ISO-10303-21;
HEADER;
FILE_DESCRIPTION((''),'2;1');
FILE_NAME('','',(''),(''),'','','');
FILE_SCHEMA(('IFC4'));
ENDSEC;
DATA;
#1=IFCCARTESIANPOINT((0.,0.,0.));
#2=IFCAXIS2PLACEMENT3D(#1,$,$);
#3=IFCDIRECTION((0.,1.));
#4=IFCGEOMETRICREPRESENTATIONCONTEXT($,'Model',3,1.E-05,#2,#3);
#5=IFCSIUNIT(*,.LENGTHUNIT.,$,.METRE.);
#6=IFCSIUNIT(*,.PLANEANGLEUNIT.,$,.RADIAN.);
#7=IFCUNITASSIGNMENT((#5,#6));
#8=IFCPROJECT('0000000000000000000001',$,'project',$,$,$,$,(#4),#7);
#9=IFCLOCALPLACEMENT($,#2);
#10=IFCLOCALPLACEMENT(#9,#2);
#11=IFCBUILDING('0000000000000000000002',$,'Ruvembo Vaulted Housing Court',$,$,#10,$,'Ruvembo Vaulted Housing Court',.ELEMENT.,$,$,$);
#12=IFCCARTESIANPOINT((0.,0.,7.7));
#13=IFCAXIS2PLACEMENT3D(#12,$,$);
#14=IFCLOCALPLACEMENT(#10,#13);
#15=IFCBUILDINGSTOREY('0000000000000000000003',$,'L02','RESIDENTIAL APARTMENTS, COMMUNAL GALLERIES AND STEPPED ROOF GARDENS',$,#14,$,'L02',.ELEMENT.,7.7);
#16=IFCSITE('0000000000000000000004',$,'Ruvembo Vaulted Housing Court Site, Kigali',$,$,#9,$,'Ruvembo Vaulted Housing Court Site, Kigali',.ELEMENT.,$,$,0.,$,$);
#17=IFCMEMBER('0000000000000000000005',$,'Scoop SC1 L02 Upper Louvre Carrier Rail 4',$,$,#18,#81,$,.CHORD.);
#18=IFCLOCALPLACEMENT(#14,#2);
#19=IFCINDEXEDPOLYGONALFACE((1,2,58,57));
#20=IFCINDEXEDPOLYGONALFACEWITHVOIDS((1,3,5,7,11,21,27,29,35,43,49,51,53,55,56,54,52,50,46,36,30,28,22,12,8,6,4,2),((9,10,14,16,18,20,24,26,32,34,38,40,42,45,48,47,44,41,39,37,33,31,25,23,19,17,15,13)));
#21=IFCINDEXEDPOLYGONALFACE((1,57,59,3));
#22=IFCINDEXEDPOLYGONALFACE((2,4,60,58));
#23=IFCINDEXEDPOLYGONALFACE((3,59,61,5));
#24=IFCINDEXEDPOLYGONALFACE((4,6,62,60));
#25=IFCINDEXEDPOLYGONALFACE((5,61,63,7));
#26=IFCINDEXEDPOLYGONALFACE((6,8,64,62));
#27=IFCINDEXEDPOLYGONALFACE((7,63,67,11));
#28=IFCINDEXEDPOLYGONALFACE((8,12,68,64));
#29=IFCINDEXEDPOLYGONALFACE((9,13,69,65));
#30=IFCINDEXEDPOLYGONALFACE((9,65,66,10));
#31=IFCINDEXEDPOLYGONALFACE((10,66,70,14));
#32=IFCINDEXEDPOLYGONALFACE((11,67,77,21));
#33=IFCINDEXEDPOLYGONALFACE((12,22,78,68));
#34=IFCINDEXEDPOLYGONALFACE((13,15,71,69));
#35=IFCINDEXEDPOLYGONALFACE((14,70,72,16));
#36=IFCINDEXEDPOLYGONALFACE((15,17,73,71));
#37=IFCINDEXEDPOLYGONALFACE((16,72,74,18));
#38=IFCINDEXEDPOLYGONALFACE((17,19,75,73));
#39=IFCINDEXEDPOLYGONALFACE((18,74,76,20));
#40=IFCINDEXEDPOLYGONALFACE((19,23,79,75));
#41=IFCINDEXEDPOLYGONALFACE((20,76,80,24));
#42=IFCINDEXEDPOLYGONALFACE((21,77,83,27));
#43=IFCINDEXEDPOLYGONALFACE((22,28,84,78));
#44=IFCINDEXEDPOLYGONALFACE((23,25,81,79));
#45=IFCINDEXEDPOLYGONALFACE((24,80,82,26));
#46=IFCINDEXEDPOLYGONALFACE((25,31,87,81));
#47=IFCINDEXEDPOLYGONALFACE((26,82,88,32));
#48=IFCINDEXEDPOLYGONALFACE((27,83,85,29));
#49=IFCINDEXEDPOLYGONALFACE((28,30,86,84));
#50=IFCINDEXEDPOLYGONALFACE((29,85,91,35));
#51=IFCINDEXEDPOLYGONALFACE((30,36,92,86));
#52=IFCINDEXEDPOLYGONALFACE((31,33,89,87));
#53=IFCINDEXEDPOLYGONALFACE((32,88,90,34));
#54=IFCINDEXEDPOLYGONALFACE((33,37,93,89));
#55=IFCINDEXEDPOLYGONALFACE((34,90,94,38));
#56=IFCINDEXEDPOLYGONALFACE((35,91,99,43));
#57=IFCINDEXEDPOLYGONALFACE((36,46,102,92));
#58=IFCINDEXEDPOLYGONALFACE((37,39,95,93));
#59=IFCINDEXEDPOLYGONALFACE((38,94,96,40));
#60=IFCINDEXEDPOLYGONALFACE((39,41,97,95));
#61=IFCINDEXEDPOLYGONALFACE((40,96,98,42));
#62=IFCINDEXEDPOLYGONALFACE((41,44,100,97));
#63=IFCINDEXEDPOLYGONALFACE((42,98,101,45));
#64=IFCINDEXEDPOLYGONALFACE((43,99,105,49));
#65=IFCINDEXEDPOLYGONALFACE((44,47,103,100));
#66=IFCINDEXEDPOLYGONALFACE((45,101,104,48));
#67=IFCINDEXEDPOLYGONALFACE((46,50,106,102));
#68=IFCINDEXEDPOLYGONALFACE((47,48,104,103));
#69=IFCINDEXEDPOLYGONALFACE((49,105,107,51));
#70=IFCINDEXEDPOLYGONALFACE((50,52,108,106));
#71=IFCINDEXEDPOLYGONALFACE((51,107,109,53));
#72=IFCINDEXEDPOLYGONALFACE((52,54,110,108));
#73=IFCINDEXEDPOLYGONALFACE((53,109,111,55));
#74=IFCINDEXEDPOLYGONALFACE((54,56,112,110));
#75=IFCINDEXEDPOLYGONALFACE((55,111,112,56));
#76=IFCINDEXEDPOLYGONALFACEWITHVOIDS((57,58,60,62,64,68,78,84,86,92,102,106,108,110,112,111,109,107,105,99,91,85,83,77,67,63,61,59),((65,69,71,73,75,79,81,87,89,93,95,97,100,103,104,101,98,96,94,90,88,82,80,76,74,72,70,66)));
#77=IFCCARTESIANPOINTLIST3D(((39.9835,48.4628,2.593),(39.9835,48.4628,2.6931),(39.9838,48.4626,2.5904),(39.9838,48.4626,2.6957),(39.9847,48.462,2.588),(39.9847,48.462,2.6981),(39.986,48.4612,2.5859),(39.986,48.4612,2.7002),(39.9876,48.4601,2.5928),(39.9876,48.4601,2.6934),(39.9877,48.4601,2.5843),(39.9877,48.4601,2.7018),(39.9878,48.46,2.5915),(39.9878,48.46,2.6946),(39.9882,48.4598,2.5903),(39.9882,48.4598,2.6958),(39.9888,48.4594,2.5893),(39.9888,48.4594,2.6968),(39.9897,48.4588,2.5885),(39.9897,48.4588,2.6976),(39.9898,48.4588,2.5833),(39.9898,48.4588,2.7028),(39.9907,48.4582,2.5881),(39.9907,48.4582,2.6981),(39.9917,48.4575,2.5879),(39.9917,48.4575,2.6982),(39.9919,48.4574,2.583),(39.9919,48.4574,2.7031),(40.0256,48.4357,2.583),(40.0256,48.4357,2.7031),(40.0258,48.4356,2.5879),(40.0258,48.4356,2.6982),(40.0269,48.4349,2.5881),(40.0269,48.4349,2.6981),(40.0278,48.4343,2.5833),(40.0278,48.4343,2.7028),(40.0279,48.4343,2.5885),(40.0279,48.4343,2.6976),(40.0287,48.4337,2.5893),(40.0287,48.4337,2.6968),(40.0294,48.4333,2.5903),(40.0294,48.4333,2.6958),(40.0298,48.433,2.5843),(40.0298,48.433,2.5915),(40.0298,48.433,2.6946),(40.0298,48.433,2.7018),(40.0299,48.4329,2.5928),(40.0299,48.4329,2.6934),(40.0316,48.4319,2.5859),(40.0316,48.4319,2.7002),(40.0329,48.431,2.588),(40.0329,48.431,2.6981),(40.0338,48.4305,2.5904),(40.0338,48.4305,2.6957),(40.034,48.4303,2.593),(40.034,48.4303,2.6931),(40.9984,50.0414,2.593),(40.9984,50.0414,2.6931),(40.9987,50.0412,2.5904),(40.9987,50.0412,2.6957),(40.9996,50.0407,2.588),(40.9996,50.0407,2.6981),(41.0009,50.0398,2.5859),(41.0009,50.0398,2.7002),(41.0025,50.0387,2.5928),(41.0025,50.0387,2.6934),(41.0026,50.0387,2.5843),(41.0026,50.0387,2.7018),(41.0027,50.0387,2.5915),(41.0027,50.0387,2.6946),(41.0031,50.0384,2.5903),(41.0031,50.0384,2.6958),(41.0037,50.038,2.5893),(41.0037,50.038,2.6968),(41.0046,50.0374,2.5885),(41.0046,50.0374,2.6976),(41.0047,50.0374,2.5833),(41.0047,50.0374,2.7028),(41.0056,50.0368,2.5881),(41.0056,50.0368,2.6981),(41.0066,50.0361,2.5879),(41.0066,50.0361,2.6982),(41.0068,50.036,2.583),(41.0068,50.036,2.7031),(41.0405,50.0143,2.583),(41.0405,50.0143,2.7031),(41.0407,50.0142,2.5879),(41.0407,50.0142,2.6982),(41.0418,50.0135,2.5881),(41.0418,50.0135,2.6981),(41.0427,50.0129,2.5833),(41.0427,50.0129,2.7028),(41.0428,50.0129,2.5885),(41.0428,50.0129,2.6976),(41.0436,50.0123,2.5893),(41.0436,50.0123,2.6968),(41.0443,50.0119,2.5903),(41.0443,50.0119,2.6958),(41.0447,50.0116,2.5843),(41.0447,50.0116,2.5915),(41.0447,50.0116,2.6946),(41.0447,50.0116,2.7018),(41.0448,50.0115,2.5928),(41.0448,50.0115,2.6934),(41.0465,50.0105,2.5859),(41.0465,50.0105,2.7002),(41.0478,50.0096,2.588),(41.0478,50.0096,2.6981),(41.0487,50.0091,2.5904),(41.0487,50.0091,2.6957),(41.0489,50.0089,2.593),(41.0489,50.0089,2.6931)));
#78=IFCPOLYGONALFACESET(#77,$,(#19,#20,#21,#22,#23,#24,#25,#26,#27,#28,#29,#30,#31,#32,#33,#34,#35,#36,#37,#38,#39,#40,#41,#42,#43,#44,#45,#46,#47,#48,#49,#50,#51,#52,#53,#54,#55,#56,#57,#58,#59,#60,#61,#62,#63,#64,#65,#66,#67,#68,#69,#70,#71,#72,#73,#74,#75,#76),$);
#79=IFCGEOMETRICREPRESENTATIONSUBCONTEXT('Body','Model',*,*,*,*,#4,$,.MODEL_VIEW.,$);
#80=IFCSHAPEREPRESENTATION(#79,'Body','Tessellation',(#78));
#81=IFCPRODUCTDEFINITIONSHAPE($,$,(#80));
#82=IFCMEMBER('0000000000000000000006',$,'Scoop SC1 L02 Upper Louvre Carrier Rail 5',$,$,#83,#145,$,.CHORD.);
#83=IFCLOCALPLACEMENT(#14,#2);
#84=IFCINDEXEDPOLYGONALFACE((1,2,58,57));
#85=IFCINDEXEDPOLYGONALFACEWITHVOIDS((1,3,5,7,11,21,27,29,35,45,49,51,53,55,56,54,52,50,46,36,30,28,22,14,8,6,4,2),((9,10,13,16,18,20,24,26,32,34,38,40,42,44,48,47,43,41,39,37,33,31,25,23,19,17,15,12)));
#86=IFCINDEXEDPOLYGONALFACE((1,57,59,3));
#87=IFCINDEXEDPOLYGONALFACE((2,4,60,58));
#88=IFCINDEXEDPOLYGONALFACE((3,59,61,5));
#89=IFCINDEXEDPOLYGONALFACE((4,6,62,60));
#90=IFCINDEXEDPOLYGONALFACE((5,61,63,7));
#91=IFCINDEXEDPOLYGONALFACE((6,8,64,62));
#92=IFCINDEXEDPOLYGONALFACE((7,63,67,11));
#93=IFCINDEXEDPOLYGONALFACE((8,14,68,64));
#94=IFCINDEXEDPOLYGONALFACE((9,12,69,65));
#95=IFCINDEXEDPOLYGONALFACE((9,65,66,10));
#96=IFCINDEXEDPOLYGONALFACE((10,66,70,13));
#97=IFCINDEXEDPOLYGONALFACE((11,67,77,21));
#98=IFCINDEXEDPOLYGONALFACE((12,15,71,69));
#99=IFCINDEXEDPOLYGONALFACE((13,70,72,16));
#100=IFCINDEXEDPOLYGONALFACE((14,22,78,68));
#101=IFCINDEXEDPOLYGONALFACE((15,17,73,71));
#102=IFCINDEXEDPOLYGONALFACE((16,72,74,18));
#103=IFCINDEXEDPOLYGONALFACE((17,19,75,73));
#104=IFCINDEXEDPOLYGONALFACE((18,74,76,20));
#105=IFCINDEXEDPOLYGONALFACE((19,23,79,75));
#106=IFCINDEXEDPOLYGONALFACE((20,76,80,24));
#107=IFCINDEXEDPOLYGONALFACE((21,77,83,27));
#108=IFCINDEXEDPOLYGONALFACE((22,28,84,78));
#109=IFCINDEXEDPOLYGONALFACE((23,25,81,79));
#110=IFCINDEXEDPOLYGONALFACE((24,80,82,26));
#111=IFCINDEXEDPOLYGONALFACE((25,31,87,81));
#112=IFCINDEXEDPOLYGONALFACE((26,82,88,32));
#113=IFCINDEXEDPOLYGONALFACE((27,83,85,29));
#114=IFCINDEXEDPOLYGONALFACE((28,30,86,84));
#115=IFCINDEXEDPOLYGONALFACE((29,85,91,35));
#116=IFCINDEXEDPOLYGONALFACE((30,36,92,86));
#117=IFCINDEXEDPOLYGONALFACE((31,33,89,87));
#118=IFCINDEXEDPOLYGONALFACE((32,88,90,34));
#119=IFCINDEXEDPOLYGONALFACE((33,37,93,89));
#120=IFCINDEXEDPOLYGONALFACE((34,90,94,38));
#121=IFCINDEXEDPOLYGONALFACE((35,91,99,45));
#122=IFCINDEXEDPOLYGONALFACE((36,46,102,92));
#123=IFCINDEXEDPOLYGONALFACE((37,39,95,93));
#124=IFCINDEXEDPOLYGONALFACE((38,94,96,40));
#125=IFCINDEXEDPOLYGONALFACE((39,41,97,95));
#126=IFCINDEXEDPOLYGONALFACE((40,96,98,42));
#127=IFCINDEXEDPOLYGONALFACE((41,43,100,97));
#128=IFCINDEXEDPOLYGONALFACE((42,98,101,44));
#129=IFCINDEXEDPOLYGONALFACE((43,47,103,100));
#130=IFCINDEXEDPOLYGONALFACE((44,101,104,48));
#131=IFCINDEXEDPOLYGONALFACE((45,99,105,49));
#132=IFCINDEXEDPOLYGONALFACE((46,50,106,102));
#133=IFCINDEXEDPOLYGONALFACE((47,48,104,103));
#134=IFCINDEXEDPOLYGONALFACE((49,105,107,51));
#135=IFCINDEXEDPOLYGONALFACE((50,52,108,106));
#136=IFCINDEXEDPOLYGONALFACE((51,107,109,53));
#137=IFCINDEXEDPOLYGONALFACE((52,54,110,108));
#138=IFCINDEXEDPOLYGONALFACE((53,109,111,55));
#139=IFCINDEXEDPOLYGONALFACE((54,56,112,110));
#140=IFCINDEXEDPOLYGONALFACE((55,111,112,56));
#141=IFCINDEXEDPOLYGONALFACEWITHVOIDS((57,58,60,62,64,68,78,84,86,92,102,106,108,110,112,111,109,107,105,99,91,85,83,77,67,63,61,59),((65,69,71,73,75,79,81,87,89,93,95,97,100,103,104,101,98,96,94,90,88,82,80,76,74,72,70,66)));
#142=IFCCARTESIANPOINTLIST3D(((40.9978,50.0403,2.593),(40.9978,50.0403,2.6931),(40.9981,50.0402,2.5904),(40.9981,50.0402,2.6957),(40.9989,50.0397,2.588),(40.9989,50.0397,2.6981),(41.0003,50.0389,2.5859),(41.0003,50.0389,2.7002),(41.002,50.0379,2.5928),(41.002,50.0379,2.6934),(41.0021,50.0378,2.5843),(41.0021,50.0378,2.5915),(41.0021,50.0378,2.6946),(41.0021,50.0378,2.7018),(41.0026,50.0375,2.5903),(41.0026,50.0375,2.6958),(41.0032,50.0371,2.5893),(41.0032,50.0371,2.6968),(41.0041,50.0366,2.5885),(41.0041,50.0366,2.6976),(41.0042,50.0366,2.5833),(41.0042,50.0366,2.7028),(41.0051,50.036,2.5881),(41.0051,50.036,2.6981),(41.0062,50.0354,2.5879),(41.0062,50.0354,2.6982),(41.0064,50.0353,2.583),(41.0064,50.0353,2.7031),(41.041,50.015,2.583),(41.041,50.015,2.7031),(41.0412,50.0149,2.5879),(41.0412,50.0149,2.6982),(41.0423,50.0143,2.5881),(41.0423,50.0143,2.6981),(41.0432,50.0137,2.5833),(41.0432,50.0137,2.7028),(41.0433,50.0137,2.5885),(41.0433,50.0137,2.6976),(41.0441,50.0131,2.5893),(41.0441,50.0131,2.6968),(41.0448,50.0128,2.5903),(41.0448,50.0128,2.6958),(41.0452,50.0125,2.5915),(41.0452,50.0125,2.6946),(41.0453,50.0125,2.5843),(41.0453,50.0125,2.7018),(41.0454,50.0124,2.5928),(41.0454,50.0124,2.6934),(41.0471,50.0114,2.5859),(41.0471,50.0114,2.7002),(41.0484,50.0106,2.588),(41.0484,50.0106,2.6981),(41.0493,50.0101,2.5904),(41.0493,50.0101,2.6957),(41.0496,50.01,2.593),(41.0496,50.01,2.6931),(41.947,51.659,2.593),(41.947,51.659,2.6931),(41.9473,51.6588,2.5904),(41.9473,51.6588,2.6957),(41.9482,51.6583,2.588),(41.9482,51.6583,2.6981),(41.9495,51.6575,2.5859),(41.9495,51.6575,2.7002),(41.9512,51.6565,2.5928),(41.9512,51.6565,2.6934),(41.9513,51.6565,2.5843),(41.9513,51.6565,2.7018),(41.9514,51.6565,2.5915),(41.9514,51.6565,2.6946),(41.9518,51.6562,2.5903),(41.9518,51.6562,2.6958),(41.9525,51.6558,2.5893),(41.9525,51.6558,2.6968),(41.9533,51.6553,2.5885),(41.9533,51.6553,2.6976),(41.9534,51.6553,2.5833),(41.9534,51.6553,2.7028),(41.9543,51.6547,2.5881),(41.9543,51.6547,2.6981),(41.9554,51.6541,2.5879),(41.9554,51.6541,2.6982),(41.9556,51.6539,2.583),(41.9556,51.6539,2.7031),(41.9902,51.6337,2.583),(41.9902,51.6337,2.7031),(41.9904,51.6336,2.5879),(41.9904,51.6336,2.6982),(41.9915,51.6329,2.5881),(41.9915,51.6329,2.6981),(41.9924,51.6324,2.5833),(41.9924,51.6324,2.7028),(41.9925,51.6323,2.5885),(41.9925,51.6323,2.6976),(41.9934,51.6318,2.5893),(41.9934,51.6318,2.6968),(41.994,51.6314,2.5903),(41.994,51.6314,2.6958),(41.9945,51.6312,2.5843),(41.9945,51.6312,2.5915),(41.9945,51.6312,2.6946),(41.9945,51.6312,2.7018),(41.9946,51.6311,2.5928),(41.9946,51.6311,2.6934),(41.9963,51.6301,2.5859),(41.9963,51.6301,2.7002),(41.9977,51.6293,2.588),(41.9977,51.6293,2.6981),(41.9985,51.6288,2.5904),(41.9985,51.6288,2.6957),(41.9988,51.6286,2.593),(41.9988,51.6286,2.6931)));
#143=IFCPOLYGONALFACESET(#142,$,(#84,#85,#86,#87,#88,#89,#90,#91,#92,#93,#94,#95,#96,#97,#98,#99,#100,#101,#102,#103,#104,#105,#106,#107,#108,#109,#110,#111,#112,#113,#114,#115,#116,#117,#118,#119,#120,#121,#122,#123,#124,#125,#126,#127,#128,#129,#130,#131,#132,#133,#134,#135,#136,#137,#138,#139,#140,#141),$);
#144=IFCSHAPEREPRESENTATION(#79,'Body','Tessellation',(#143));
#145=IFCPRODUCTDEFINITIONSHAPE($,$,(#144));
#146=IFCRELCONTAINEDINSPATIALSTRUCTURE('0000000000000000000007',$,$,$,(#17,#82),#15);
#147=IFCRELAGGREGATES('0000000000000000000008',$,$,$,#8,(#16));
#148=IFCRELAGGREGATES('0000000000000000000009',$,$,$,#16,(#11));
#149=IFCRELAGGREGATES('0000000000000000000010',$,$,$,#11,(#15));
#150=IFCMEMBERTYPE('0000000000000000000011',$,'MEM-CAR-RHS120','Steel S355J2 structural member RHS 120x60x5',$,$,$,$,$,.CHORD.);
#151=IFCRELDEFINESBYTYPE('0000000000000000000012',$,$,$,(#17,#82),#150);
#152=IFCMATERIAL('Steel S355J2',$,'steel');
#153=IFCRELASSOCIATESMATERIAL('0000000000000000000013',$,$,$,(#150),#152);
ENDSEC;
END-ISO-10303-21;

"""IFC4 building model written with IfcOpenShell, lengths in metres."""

from ifc_helpers import new_model, si_unit, direction, frame, origin, origin_2d, place, context, subcontext, project, spatial, hollow_rectangle, extrude, material, material_profile, profile_set, type_object, element, save


model = new_model("IFC4")

# Units and contexts
model_context = context("Model", 3, precision=1e-05, world=origin(), true_north=direction((0.0, 1.0)))
body_context = subcontext(model_context, "Body", "Model", "MODEL_VIEW")
ifc_project = project(units=[si_unit("LENGTHUNIT", "METRE"), si_unit("PLANEANGLEUNIT", "RADIAN")], contexts=[model_context])

# Site, building, storey
site_placement = place(None, origin())
site = spatial("IfcSite", under=ifc_project, at=site_placement, Name="Ruvembo Vaulted Housing Court Site, Kigali", LongName="Ruvembo Vaulted Housing Court Site, Kigali", CompositionType="ELEMENT", RefElevation=0.0)
building_placement = place(site_placement, origin())
building = spatial("IfcBuilding", under=site, at=building_placement, Name="Ruvembo Vaulted Housing Court", LongName="Ruvembo Vaulted Housing Court", CompositionType="ELEMENT")
storey_placement = place(building_placement, frame((0.0, 0.0, 7.7)))
storey = spatial("IfcBuildingStorey", under=building, at=storey_placement, Name="L02", Description="RESIDENTIAL APARTMENTS, COMMUNAL GALLERIES AND STEPPED ROOF GARDENS", LongName="L02", CompositionType="ELEMENT", Elevation=7.7)

# Shared definitions
ifc_material_1 = material(Name="Steel S355J2", Category="steel")

# Members
ifc_material_profile_1 = material_profile(ifc_material_1, hollow_rectangle(XDim=0.0601, YDim=0.1201, WallThickness=0.0049, InnerFilletRadius=0.0049, OuterFilletRadius=0.01, at=origin_2d()), Name="RHS 120x60x5")
ifc_profile_set_1 = profile_set([ifc_material_profile_1], Name="Steel S355J2")
member_type_1 = type_object("IfcMemberType", Name="MEM-CAR-RHS120", Description="Steel S355J2 structural member RHS 120x60x5", PredefinedType="CHORD", material=ifc_profile_set_1)
member_1_placement = place(storey_placement, frame((40.0088, 48.4465, 2.6431), z_axis=(0.540784, 0.841162, 0.0), x_axis=(-0.841162, 0.540784, 0.0)))
element("IfcMember", 1, at=member_1_placement, inside=storey, type_object=member_type_1, Name="Scoop SC1 L02 Upper Louvre Carrier Rail 4", PredefinedType="CHORD", context=body_context, shape_type="SweptSolid", body=[
    extrude(hollow_rectangle(XDim=0.0601, YDim=0.1201, WallThickness=0.0049, InnerFilletRadius=0.0049, OuterFilletRadius=0.01, at=origin_2d()), origin(), (0.0, 0.0, 1.0), 1.8767),
])
member_2_placement = place(storey_placement, frame((41.0237, 50.0251, 2.6431), z_axis=(0.50586, 0.862616, 0.0), x_axis=(-0.862616, 0.50586, 0.0)))
element("IfcMember", 2, at=member_2_placement, inside=storey, type_object=member_type_1, Name="Scoop SC1 L02 Upper Louvre Carrier Rail 5", PredefinedType="CHORD", context=body_context, shape_type="SweptSolid", body=[
    extrude(hollow_rectangle(XDim=0.0601, YDim=0.1201, WallThickness=0.0049, InnerFilletRadius=0.0049, OuterFilletRadius=0.01, at=origin_2d()), origin(), (0.0, 0.0, 1.0), 1.8765),
])

save(model, "model.ifc")
